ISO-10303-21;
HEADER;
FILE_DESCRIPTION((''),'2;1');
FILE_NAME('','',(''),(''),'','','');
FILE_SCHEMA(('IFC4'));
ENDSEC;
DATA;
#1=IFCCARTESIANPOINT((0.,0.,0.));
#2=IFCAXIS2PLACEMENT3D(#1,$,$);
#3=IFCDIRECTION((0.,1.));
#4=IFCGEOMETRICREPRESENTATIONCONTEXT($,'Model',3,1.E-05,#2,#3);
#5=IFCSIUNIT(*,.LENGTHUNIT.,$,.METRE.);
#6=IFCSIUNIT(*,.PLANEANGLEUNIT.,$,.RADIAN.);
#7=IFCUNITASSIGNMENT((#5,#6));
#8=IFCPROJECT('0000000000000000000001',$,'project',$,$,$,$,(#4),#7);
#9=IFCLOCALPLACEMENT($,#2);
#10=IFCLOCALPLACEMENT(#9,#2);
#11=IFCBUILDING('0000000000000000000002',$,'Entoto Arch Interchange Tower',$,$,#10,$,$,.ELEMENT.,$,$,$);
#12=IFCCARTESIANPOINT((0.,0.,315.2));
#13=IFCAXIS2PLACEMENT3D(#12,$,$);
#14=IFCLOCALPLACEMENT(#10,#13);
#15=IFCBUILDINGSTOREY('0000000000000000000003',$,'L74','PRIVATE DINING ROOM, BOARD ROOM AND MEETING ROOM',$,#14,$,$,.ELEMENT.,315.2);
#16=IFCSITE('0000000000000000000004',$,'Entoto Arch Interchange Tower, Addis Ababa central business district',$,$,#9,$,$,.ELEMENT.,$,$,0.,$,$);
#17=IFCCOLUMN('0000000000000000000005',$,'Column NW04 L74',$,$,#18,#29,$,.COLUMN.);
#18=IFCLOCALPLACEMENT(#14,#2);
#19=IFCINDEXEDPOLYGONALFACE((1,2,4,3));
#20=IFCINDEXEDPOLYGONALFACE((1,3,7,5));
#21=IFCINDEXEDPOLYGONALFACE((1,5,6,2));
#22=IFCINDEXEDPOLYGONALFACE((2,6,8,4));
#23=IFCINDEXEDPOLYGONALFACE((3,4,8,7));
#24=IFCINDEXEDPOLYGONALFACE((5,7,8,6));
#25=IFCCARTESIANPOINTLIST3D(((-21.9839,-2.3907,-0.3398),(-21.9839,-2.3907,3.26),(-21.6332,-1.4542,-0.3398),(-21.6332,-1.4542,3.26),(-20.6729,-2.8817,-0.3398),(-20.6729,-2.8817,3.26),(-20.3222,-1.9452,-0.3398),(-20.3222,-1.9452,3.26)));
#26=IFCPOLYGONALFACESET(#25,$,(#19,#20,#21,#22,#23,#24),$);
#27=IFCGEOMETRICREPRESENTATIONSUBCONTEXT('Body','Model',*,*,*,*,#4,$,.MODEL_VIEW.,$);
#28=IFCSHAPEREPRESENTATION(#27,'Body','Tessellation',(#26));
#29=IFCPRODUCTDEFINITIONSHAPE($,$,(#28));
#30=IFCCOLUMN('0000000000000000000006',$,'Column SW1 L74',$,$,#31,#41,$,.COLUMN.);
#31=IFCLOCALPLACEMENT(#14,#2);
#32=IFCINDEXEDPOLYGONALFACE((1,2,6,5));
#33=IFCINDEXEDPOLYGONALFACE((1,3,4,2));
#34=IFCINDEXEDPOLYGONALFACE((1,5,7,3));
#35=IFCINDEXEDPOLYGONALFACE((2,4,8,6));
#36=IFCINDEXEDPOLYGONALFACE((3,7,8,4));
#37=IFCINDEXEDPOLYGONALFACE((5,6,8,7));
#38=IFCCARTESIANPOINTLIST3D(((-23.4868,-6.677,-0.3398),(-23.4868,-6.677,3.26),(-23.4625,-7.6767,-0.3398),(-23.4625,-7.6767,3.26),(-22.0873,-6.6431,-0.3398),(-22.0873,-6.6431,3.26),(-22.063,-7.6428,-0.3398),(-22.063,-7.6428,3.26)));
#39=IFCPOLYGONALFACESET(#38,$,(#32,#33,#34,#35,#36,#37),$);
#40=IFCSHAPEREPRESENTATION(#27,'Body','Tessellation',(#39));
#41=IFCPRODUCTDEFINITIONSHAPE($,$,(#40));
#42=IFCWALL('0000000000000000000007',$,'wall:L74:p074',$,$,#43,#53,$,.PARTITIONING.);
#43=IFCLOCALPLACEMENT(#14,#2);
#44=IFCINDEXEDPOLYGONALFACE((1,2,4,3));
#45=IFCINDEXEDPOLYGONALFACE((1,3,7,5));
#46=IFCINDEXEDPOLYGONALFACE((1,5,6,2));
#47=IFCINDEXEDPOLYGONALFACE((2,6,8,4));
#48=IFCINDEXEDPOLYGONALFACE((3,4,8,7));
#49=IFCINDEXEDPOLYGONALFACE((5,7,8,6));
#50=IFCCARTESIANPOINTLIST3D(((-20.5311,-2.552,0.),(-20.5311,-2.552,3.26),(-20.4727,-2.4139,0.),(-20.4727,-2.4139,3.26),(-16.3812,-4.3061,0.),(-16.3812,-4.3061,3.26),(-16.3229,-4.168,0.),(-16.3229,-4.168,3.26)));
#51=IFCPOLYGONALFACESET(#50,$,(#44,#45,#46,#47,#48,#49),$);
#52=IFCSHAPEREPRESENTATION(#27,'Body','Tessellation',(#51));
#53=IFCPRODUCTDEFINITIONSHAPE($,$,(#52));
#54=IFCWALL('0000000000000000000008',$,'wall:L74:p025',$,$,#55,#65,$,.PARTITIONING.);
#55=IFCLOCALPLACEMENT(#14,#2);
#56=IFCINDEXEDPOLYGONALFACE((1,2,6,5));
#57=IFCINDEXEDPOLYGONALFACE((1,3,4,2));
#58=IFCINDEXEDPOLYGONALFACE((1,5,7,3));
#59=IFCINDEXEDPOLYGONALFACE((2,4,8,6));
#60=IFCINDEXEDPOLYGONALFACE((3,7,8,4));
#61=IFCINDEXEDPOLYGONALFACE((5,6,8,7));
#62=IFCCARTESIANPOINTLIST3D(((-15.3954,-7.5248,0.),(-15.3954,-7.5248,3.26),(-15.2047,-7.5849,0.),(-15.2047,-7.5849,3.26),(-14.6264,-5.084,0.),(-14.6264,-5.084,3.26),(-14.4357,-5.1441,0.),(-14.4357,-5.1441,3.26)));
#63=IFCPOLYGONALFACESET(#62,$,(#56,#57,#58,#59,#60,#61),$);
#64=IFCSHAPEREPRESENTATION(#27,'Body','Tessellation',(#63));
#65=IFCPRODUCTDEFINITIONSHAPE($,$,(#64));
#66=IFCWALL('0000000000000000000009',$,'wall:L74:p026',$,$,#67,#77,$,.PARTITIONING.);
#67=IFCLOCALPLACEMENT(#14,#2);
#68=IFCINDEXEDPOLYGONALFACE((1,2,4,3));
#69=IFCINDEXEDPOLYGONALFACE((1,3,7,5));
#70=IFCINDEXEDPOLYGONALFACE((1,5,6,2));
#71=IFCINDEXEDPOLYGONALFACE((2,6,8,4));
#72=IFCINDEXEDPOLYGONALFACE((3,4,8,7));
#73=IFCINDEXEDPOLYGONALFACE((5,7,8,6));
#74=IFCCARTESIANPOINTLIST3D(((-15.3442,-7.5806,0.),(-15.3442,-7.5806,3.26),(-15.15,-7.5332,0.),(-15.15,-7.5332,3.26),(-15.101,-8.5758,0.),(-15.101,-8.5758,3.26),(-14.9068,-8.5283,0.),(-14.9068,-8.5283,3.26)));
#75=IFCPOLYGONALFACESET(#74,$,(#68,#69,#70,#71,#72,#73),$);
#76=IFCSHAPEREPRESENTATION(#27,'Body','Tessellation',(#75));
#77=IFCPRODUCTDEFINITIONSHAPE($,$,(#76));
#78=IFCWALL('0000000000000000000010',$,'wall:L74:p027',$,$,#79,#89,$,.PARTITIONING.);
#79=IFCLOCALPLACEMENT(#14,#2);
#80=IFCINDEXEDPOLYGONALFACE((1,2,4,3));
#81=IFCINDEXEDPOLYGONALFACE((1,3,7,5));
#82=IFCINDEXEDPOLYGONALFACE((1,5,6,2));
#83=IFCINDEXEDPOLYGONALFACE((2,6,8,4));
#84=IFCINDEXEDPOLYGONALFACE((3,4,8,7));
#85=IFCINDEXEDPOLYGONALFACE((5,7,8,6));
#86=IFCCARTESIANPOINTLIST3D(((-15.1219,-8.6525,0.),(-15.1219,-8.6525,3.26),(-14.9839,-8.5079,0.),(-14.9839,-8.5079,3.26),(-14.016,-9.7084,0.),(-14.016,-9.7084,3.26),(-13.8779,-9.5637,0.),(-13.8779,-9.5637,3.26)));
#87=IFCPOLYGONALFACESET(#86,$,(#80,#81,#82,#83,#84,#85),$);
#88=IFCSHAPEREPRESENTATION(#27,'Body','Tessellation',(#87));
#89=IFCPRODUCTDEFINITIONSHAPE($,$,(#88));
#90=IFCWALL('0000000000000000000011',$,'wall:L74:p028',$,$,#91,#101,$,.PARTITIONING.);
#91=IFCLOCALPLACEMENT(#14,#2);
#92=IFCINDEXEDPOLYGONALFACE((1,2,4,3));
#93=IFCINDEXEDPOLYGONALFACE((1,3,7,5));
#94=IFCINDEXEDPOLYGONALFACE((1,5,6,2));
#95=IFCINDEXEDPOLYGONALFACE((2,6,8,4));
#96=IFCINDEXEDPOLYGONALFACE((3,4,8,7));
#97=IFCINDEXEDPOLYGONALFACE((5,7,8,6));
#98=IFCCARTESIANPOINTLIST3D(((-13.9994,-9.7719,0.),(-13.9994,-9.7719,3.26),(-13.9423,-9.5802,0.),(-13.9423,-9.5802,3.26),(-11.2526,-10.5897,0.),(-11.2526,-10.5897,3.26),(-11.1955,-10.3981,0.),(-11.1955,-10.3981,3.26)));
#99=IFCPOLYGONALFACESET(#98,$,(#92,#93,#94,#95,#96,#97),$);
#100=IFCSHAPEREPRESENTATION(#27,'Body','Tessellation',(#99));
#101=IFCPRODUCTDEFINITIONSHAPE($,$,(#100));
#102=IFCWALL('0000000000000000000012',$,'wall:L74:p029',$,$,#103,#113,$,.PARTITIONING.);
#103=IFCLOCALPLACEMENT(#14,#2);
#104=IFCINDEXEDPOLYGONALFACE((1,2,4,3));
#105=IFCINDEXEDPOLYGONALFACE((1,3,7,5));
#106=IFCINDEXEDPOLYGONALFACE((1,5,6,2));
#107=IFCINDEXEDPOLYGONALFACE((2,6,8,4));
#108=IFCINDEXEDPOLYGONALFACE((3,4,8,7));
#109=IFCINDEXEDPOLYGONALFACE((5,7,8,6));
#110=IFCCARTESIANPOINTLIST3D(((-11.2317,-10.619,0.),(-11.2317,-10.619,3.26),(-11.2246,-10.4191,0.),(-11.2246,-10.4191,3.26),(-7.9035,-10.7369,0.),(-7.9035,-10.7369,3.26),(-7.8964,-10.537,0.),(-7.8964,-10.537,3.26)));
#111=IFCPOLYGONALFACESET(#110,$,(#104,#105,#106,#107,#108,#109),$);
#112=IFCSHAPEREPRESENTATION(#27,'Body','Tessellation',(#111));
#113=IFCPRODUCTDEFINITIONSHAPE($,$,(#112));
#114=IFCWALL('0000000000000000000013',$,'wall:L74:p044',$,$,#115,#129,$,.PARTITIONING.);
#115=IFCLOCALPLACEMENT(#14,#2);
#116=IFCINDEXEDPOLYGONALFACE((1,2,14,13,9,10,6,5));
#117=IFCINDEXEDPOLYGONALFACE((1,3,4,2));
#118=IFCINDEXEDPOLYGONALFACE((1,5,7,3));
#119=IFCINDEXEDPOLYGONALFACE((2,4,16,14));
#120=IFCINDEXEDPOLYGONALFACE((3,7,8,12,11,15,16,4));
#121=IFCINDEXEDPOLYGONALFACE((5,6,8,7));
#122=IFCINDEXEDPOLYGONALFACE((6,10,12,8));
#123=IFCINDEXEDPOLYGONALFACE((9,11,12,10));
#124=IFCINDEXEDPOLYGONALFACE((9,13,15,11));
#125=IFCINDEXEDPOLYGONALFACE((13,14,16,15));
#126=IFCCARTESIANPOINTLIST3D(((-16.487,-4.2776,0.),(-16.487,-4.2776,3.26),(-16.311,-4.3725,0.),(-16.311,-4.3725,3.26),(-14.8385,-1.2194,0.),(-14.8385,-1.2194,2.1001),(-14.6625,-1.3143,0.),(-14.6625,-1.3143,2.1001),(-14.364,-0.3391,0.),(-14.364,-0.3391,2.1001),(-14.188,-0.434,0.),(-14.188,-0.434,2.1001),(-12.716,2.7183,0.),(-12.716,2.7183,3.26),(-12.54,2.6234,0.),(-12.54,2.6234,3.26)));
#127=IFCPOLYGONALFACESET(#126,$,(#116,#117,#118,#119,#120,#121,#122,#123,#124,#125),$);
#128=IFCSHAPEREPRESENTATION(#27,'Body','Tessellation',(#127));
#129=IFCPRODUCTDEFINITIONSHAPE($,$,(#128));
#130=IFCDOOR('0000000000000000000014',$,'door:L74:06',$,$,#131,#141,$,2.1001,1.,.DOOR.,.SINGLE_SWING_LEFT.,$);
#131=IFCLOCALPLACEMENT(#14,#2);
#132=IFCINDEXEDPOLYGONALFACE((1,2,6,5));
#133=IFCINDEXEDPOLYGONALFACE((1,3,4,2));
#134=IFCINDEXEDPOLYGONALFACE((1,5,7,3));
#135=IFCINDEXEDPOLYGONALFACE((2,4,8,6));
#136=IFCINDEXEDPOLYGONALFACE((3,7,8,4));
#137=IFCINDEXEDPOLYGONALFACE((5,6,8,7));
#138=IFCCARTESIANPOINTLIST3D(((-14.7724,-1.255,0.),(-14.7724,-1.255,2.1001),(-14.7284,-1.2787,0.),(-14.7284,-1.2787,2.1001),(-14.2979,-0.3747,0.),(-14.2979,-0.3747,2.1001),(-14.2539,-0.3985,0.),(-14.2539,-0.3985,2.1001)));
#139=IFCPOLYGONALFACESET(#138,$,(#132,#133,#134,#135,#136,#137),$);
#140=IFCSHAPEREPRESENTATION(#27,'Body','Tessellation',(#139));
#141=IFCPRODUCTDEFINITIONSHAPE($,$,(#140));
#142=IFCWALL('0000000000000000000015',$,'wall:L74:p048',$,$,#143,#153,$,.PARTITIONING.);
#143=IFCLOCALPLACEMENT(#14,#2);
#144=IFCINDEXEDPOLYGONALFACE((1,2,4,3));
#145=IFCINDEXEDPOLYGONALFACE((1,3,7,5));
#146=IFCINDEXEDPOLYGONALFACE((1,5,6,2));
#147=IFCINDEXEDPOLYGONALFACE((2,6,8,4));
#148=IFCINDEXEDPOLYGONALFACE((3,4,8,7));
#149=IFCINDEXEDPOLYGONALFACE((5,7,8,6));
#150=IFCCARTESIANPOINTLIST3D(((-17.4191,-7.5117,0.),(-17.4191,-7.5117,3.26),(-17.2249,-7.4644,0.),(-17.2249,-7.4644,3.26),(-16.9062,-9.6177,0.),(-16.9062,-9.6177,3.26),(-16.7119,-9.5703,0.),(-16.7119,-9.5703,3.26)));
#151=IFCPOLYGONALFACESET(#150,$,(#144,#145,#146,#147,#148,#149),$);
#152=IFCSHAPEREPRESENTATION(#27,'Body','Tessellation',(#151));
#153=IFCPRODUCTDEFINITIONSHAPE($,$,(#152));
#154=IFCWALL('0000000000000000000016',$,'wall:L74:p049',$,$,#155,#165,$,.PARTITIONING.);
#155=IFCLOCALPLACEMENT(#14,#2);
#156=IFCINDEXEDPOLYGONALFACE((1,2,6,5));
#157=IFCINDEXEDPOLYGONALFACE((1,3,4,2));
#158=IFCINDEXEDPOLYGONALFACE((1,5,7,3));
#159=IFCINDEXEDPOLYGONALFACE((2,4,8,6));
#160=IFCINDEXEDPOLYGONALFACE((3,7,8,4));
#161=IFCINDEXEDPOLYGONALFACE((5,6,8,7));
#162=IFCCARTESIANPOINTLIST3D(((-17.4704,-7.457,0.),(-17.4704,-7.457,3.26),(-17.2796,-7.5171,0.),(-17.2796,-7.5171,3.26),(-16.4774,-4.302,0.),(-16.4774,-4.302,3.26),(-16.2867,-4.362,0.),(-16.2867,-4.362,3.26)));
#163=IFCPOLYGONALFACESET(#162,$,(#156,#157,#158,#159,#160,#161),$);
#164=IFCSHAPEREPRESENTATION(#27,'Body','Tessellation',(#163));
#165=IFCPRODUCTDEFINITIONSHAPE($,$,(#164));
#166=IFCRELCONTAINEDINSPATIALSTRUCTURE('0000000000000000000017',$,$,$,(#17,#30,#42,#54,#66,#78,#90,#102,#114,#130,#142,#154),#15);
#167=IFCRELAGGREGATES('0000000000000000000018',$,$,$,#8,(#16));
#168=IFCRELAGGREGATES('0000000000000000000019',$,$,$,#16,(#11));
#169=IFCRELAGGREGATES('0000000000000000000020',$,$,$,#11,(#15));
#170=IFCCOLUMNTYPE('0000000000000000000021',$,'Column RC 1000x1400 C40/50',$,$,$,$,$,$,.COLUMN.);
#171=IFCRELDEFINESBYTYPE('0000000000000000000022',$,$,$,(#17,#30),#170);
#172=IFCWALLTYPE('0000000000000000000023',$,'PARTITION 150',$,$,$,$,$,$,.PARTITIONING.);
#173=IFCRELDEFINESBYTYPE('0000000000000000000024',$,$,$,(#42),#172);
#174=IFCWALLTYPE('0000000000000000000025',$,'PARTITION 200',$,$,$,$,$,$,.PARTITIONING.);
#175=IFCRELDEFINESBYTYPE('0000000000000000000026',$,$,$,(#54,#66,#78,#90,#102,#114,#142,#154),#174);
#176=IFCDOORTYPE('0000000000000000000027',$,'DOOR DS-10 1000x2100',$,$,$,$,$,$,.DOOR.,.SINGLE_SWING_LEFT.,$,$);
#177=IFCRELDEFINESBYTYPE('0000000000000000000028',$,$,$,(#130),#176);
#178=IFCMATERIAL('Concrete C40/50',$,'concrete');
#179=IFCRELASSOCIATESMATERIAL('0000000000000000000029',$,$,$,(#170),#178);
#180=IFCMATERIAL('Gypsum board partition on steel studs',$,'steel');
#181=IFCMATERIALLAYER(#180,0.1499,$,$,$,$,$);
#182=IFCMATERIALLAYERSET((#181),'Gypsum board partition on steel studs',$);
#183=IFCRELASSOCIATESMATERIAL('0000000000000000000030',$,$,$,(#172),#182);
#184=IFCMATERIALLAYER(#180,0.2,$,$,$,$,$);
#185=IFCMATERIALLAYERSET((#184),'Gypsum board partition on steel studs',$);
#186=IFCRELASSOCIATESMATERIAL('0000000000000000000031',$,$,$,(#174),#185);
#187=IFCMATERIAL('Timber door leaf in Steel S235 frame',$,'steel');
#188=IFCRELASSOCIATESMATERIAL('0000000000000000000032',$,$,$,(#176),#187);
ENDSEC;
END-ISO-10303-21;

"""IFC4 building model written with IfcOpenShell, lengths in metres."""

from ifc_helpers import new_model, si_unit, direction, frame, frame_2d, origin, origin_2d, place, context, subcontext, project, spatial, rectangle, extrude, material, layer, layer_set, material_profile, profile_set, type_object, element, fill, save


model = new_model("IFC4")

# Units and contexts
model_context = context("Model", 3, precision=1e-05, world=origin(), true_north=direction((0.0, 1.0)))
body_context = subcontext(model_context, "Body", "Model", "MODEL_VIEW")
ifc_project = project(units=[si_unit("LENGTHUNIT", "METRE"), si_unit("PLANEANGLEUNIT", "RADIAN")], contexts=[model_context])

# Site, building, storey
site_placement = place(None, origin())
site = spatial("IfcSite", under=ifc_project, at=site_placement, Name="Entoto Arch Interchange Tower, Addis Ababa central business district", CompositionType="ELEMENT", RefElevation=0.0)
building_placement = place(site_placement, origin())
building = spatial("IfcBuilding", under=site, at=building_placement, Name="Entoto Arch Interchange Tower", CompositionType="ELEMENT")
storey_placement = place(building_placement, frame((0.0, 0.0, 315.2)))
storey = spatial("IfcBuildingStorey", under=building, at=storey_placement, Name="L74", Description="PRIVATE DINING ROOM, BOARD ROOM AND MEETING ROOM", CompositionType="ELEMENT", Elevation=315.2)

# Columns
ifc_material_1 = material(Name="Concrete C40/50", Category="concrete")
ifc_material_profile = material_profile(ifc_material_1, rectangle(XDim=1.0, YDim=1.3999, at=origin_2d()))
ifc_profile_set = profile_set([ifc_material_profile], Name="Concrete C40/50")
column_type = type_object("IfcColumnType", Name="Column RC 1000x1400 C40/50", PredefinedType="COLUMN", material=ifc_profile_set)
for number, where, z_axis, x_axis, name in (
    (1, (-21.1531, -2.168, -0.3398), (0.0, 0.0, 1.0), (0.350714, 0.936483, 0.0), "Column NW04 L74"),
    (2, (-22.7749, -7.1599, -0.3398), (0.0, 0.0, 1.0), (-0.024258, 0.999706, 0.0), "Column SW1 L74"),
):
    element("IfcColumn", number, at=place(storey_placement, frame(where, z_axis=z_axis, x_axis=x_axis)), inside=storey, type_object=column_type, Name=name, PredefinedType="COLUMN", context=body_context, shape_type="SweptSolid", body=[
        extrude(rectangle(XDim=1.0, YDim=1.3999, at=origin_2d()), origin(), (0.0, 0.0, 1.0), 3.5999),
    ])

# Walls
ifc_material_2 = material(Name="Gypsum board partition on steel studs", Category="steel")
ifc_layer_1 = layer(ifc_material_2, 0.1499)
ifc_layer_set_1 = layer_set([ifc_layer_1], Name="Gypsum board partition on steel studs")
wall_type_1 = type_object("IfcWallType", Name="PARTITION 150", PredefinedType="PARTITIONING", material=ifc_layer_set_1)
wall_1_placement = place(storey_placement, frame((-16.3521, -4.2371, 0.0), z_axis=(0.0, 0.0, 1.0), x_axis=(-0.921093, 0.389343, 0.0)))
element("IfcWall", 3, at=wall_1_placement, inside=storey, type_object=wall_type_1, Name="wall:L74:p074", PredefinedType="PARTITIONING", context=body_context, shape_type="SweptSolid", body=[
    extrude(rectangle(XDim=4.5054, YDim=0.1499, at=frame_2d((2.2527, 0.0))), origin(), (0.0, 0.0, 1.0), 3.26),
])
ifc_layer_2 = layer(ifc_material_2, 0.2)
ifc_layer_set_2 = layer_set([ifc_layer_2], Name="Gypsum board partition on steel studs")
wall_type_2 = type_object("IfcWallType", Name="PARTITION 200", PredefinedType="PARTITIONING", material=ifc_layer_set_2)
wall_2_placement = place(storey_placement, frame((-14.531, -5.114, 0.0), z_axis=(0.0, 0.0, 1.0), x_axis=(-0.300501, -0.953781, 0.0)))
element("IfcWall", 4, at=wall_2_placement, inside=storey, type_object=wall_type_2, Name="wall:L74:p025", PredefinedType="PARTITIONING", context=body_context, shape_type="SweptSolid", body=[
    extrude(rectangle(XDim=2.5591, YDim=0.2, at=frame_2d((1.2795, 0.0))), origin(), (0.0, 0.0, 1.0), 3.26),
])
wall_3_placement = place(storey_placement, frame((-15.2471, -7.5569, 0.0), z_axis=(0.0, 0.0, 1.0), x_axis=(0.237373, -0.971419, 0.0)))
element("IfcWall", 5, at=wall_3_placement, inside=storey, type_object=wall_type_2, Name="wall:L74:p026", PredefinedType="PARTITIONING", context=body_context, shape_type="SweptSolid", body=[
    extrude(rectangle(XDim=1.0244, YDim=0.2, at=frame_2d((0.5122, 0.0))), origin(), (0.0, 0.0, 1.0), 3.26),
])
wall_4_placement = place(storey_placement, frame((-15.053, -8.5801, 0.0), z_axis=(0.0, 0.0, 1.0), x_axis=(0.723283, -0.690552, 0.0)))
element("IfcWall", 6, at=wall_4_placement, inside=storey, type_object=wall_type_2, Name="wall:L74:p027", PredefinedType="PARTITIONING", context=body_context, shape_type="SweptSolid", body=[
    extrude(rectangle(XDim=1.5291, YDim=0.2, at=frame_2d((0.7646, 0.0))), origin(), (0.0, 0.0, 1.0), 3.26),
])
wall_5_placement = place(storey_placement, frame((-13.9709, -9.676, 0.0), z_axis=(0.0, 0.0, 1.0), x_axis=(0.958417, -0.28537, 0.0)))
element("IfcWall", 7, at=wall_5_placement, inside=storey, type_object=wall_type_2, Name="wall:L74:p028", PredefinedType="PARTITIONING", context=body_context, shape_type="SweptSolid", body=[
    extrude(rectangle(XDim=2.866, YDim=0.2, at=frame_2d((1.4331, 0.0))), origin(), (0.0, 0.0, 1.0), 3.26),
])
wall_6_placement = place(storey_placement, frame((-11.228, -10.519, 0.0), z_axis=(0.0, 0.0, 1.0), x_axis=(0.999373, -0.035409, 0.0)))
element("IfcWall", 8, at=wall_6_placement, inside=storey, type_object=wall_type_2, Name="wall:L74:p029", PredefinedType="PARTITIONING", context=body_context, shape_type="SweptSolid", body=[
    extrude(rectangle(XDim=3.3303, YDim=0.2, at=frame_2d((1.665, 0.0))), origin(), (0.0, 0.0, 1.0), 3.26),
])

# Wall, opening, door
wall_7_placement = place(storey_placement, frame((-16.3989, -4.325, 0.0), z_axis=(0.0, 0.0, 1.0), x_axis=(0.47449, 0.880261, 0.0)))
wall_7 = element("IfcWall", 9, at=wall_7_placement, inside=storey, type_object=wall_type_2, Name="wall:L74:p044", PredefinedType="PARTITIONING", context=body_context, shape_type="SweptSolid", body=[
    extrude(rectangle(XDim=7.9475, YDim=0.2, at=frame_2d((3.9736, 0.0))), origin(), (0.0, 0.0, 1.0), 3.26),
])
opening_1_placement = place(wall_7_placement, frame((3.4741, 0.0, 0.0)))
opening_1 = element("IfcOpeningElement", 10, at=opening_1_placement, cuts=wall_7, PredefinedType="OPENING", context=body_context, shape_type="SweptSolid", body=[
    extrude(rectangle(XDim=1.0, YDim=2.1001, at=frame_2d((0.5, 1.05))), frame((0.0, 0.1099, 0.0), z_axis=(0.0, -1.0, 0.0), x_axis=(1.0, 0.0, 0.0)), (0.0, 0.0, 1.0), 0.22),
])
ifc_material_3 = material(Name="Timber door leaf in Steel S235 frame", Category="steel")
door_type = type_object("IfcDoorType", Name="DOOR DS-10 1000x2100", OperationType="SINGLE_SWING_LEFT", PredefinedType="DOOR", material=ifc_material_3)
door_placement = place(opening_1_placement, origin())
door = element("IfcDoor", 11, at=door_placement, inside=storey, type_object=door_type, Name="door:L74:06", OperationType="SINGLE_SWING_LEFT", OverallHeight=2.1001, OverallWidth=1.0, PredefinedType="DOOR", context=body_context, shape_type="SweptSolid", body=[
    extrude(rectangle(XDim=1.0, YDim=2.1001, at=frame_2d((0.5, 1.05))), frame((0.0, 0.0249, 0.0), z_axis=(0.0, -1.0, 0.0), x_axis=(1.0, 0.0, 0.0)), (0.0, 0.0, 1.0), 0.05),
])
fill(opening_1, door)

# Walls
wall_8_placement = place(storey_placement, frame((-16.8091, -9.594, 0.0), z_axis=(0.0, 0.0, 1.0), x_axis=(-0.236648, 0.971596, 0.0)))
element("IfcWall", 12, at=wall_8_placement, inside=storey, type_object=wall_type_2, Name="wall:L74:p048", PredefinedType="PARTITIONING", context=body_context, shape_type="SweptSolid", body=[
    extrude(rectangle(XDim=2.1675, YDim=0.2, at=frame_2d((1.0837, 0.0))), origin(), (0.0, 0.0, 1.0), 3.26),
])
wall_9_placement = place(storey_placement, frame((-17.375, -7.4871, 0.0), z_axis=(0.0, 0.0, 1.0), x_axis=(0.300195, 0.953878, 0.0)))
element("IfcWall", 13, at=wall_9_placement, inside=storey, type_object=wall_type_2, Name="wall:L74:p049", PredefinedType="PARTITIONING", context=body_context, shape_type="SweptSolid", body=[
    extrude(rectangle(XDim=3.3076, YDim=0.2, at=frame_2d((1.6538, 0.0))), origin(), (0.0, 0.0, 1.0), 3.26),
])

save(model, "model.ifc")
